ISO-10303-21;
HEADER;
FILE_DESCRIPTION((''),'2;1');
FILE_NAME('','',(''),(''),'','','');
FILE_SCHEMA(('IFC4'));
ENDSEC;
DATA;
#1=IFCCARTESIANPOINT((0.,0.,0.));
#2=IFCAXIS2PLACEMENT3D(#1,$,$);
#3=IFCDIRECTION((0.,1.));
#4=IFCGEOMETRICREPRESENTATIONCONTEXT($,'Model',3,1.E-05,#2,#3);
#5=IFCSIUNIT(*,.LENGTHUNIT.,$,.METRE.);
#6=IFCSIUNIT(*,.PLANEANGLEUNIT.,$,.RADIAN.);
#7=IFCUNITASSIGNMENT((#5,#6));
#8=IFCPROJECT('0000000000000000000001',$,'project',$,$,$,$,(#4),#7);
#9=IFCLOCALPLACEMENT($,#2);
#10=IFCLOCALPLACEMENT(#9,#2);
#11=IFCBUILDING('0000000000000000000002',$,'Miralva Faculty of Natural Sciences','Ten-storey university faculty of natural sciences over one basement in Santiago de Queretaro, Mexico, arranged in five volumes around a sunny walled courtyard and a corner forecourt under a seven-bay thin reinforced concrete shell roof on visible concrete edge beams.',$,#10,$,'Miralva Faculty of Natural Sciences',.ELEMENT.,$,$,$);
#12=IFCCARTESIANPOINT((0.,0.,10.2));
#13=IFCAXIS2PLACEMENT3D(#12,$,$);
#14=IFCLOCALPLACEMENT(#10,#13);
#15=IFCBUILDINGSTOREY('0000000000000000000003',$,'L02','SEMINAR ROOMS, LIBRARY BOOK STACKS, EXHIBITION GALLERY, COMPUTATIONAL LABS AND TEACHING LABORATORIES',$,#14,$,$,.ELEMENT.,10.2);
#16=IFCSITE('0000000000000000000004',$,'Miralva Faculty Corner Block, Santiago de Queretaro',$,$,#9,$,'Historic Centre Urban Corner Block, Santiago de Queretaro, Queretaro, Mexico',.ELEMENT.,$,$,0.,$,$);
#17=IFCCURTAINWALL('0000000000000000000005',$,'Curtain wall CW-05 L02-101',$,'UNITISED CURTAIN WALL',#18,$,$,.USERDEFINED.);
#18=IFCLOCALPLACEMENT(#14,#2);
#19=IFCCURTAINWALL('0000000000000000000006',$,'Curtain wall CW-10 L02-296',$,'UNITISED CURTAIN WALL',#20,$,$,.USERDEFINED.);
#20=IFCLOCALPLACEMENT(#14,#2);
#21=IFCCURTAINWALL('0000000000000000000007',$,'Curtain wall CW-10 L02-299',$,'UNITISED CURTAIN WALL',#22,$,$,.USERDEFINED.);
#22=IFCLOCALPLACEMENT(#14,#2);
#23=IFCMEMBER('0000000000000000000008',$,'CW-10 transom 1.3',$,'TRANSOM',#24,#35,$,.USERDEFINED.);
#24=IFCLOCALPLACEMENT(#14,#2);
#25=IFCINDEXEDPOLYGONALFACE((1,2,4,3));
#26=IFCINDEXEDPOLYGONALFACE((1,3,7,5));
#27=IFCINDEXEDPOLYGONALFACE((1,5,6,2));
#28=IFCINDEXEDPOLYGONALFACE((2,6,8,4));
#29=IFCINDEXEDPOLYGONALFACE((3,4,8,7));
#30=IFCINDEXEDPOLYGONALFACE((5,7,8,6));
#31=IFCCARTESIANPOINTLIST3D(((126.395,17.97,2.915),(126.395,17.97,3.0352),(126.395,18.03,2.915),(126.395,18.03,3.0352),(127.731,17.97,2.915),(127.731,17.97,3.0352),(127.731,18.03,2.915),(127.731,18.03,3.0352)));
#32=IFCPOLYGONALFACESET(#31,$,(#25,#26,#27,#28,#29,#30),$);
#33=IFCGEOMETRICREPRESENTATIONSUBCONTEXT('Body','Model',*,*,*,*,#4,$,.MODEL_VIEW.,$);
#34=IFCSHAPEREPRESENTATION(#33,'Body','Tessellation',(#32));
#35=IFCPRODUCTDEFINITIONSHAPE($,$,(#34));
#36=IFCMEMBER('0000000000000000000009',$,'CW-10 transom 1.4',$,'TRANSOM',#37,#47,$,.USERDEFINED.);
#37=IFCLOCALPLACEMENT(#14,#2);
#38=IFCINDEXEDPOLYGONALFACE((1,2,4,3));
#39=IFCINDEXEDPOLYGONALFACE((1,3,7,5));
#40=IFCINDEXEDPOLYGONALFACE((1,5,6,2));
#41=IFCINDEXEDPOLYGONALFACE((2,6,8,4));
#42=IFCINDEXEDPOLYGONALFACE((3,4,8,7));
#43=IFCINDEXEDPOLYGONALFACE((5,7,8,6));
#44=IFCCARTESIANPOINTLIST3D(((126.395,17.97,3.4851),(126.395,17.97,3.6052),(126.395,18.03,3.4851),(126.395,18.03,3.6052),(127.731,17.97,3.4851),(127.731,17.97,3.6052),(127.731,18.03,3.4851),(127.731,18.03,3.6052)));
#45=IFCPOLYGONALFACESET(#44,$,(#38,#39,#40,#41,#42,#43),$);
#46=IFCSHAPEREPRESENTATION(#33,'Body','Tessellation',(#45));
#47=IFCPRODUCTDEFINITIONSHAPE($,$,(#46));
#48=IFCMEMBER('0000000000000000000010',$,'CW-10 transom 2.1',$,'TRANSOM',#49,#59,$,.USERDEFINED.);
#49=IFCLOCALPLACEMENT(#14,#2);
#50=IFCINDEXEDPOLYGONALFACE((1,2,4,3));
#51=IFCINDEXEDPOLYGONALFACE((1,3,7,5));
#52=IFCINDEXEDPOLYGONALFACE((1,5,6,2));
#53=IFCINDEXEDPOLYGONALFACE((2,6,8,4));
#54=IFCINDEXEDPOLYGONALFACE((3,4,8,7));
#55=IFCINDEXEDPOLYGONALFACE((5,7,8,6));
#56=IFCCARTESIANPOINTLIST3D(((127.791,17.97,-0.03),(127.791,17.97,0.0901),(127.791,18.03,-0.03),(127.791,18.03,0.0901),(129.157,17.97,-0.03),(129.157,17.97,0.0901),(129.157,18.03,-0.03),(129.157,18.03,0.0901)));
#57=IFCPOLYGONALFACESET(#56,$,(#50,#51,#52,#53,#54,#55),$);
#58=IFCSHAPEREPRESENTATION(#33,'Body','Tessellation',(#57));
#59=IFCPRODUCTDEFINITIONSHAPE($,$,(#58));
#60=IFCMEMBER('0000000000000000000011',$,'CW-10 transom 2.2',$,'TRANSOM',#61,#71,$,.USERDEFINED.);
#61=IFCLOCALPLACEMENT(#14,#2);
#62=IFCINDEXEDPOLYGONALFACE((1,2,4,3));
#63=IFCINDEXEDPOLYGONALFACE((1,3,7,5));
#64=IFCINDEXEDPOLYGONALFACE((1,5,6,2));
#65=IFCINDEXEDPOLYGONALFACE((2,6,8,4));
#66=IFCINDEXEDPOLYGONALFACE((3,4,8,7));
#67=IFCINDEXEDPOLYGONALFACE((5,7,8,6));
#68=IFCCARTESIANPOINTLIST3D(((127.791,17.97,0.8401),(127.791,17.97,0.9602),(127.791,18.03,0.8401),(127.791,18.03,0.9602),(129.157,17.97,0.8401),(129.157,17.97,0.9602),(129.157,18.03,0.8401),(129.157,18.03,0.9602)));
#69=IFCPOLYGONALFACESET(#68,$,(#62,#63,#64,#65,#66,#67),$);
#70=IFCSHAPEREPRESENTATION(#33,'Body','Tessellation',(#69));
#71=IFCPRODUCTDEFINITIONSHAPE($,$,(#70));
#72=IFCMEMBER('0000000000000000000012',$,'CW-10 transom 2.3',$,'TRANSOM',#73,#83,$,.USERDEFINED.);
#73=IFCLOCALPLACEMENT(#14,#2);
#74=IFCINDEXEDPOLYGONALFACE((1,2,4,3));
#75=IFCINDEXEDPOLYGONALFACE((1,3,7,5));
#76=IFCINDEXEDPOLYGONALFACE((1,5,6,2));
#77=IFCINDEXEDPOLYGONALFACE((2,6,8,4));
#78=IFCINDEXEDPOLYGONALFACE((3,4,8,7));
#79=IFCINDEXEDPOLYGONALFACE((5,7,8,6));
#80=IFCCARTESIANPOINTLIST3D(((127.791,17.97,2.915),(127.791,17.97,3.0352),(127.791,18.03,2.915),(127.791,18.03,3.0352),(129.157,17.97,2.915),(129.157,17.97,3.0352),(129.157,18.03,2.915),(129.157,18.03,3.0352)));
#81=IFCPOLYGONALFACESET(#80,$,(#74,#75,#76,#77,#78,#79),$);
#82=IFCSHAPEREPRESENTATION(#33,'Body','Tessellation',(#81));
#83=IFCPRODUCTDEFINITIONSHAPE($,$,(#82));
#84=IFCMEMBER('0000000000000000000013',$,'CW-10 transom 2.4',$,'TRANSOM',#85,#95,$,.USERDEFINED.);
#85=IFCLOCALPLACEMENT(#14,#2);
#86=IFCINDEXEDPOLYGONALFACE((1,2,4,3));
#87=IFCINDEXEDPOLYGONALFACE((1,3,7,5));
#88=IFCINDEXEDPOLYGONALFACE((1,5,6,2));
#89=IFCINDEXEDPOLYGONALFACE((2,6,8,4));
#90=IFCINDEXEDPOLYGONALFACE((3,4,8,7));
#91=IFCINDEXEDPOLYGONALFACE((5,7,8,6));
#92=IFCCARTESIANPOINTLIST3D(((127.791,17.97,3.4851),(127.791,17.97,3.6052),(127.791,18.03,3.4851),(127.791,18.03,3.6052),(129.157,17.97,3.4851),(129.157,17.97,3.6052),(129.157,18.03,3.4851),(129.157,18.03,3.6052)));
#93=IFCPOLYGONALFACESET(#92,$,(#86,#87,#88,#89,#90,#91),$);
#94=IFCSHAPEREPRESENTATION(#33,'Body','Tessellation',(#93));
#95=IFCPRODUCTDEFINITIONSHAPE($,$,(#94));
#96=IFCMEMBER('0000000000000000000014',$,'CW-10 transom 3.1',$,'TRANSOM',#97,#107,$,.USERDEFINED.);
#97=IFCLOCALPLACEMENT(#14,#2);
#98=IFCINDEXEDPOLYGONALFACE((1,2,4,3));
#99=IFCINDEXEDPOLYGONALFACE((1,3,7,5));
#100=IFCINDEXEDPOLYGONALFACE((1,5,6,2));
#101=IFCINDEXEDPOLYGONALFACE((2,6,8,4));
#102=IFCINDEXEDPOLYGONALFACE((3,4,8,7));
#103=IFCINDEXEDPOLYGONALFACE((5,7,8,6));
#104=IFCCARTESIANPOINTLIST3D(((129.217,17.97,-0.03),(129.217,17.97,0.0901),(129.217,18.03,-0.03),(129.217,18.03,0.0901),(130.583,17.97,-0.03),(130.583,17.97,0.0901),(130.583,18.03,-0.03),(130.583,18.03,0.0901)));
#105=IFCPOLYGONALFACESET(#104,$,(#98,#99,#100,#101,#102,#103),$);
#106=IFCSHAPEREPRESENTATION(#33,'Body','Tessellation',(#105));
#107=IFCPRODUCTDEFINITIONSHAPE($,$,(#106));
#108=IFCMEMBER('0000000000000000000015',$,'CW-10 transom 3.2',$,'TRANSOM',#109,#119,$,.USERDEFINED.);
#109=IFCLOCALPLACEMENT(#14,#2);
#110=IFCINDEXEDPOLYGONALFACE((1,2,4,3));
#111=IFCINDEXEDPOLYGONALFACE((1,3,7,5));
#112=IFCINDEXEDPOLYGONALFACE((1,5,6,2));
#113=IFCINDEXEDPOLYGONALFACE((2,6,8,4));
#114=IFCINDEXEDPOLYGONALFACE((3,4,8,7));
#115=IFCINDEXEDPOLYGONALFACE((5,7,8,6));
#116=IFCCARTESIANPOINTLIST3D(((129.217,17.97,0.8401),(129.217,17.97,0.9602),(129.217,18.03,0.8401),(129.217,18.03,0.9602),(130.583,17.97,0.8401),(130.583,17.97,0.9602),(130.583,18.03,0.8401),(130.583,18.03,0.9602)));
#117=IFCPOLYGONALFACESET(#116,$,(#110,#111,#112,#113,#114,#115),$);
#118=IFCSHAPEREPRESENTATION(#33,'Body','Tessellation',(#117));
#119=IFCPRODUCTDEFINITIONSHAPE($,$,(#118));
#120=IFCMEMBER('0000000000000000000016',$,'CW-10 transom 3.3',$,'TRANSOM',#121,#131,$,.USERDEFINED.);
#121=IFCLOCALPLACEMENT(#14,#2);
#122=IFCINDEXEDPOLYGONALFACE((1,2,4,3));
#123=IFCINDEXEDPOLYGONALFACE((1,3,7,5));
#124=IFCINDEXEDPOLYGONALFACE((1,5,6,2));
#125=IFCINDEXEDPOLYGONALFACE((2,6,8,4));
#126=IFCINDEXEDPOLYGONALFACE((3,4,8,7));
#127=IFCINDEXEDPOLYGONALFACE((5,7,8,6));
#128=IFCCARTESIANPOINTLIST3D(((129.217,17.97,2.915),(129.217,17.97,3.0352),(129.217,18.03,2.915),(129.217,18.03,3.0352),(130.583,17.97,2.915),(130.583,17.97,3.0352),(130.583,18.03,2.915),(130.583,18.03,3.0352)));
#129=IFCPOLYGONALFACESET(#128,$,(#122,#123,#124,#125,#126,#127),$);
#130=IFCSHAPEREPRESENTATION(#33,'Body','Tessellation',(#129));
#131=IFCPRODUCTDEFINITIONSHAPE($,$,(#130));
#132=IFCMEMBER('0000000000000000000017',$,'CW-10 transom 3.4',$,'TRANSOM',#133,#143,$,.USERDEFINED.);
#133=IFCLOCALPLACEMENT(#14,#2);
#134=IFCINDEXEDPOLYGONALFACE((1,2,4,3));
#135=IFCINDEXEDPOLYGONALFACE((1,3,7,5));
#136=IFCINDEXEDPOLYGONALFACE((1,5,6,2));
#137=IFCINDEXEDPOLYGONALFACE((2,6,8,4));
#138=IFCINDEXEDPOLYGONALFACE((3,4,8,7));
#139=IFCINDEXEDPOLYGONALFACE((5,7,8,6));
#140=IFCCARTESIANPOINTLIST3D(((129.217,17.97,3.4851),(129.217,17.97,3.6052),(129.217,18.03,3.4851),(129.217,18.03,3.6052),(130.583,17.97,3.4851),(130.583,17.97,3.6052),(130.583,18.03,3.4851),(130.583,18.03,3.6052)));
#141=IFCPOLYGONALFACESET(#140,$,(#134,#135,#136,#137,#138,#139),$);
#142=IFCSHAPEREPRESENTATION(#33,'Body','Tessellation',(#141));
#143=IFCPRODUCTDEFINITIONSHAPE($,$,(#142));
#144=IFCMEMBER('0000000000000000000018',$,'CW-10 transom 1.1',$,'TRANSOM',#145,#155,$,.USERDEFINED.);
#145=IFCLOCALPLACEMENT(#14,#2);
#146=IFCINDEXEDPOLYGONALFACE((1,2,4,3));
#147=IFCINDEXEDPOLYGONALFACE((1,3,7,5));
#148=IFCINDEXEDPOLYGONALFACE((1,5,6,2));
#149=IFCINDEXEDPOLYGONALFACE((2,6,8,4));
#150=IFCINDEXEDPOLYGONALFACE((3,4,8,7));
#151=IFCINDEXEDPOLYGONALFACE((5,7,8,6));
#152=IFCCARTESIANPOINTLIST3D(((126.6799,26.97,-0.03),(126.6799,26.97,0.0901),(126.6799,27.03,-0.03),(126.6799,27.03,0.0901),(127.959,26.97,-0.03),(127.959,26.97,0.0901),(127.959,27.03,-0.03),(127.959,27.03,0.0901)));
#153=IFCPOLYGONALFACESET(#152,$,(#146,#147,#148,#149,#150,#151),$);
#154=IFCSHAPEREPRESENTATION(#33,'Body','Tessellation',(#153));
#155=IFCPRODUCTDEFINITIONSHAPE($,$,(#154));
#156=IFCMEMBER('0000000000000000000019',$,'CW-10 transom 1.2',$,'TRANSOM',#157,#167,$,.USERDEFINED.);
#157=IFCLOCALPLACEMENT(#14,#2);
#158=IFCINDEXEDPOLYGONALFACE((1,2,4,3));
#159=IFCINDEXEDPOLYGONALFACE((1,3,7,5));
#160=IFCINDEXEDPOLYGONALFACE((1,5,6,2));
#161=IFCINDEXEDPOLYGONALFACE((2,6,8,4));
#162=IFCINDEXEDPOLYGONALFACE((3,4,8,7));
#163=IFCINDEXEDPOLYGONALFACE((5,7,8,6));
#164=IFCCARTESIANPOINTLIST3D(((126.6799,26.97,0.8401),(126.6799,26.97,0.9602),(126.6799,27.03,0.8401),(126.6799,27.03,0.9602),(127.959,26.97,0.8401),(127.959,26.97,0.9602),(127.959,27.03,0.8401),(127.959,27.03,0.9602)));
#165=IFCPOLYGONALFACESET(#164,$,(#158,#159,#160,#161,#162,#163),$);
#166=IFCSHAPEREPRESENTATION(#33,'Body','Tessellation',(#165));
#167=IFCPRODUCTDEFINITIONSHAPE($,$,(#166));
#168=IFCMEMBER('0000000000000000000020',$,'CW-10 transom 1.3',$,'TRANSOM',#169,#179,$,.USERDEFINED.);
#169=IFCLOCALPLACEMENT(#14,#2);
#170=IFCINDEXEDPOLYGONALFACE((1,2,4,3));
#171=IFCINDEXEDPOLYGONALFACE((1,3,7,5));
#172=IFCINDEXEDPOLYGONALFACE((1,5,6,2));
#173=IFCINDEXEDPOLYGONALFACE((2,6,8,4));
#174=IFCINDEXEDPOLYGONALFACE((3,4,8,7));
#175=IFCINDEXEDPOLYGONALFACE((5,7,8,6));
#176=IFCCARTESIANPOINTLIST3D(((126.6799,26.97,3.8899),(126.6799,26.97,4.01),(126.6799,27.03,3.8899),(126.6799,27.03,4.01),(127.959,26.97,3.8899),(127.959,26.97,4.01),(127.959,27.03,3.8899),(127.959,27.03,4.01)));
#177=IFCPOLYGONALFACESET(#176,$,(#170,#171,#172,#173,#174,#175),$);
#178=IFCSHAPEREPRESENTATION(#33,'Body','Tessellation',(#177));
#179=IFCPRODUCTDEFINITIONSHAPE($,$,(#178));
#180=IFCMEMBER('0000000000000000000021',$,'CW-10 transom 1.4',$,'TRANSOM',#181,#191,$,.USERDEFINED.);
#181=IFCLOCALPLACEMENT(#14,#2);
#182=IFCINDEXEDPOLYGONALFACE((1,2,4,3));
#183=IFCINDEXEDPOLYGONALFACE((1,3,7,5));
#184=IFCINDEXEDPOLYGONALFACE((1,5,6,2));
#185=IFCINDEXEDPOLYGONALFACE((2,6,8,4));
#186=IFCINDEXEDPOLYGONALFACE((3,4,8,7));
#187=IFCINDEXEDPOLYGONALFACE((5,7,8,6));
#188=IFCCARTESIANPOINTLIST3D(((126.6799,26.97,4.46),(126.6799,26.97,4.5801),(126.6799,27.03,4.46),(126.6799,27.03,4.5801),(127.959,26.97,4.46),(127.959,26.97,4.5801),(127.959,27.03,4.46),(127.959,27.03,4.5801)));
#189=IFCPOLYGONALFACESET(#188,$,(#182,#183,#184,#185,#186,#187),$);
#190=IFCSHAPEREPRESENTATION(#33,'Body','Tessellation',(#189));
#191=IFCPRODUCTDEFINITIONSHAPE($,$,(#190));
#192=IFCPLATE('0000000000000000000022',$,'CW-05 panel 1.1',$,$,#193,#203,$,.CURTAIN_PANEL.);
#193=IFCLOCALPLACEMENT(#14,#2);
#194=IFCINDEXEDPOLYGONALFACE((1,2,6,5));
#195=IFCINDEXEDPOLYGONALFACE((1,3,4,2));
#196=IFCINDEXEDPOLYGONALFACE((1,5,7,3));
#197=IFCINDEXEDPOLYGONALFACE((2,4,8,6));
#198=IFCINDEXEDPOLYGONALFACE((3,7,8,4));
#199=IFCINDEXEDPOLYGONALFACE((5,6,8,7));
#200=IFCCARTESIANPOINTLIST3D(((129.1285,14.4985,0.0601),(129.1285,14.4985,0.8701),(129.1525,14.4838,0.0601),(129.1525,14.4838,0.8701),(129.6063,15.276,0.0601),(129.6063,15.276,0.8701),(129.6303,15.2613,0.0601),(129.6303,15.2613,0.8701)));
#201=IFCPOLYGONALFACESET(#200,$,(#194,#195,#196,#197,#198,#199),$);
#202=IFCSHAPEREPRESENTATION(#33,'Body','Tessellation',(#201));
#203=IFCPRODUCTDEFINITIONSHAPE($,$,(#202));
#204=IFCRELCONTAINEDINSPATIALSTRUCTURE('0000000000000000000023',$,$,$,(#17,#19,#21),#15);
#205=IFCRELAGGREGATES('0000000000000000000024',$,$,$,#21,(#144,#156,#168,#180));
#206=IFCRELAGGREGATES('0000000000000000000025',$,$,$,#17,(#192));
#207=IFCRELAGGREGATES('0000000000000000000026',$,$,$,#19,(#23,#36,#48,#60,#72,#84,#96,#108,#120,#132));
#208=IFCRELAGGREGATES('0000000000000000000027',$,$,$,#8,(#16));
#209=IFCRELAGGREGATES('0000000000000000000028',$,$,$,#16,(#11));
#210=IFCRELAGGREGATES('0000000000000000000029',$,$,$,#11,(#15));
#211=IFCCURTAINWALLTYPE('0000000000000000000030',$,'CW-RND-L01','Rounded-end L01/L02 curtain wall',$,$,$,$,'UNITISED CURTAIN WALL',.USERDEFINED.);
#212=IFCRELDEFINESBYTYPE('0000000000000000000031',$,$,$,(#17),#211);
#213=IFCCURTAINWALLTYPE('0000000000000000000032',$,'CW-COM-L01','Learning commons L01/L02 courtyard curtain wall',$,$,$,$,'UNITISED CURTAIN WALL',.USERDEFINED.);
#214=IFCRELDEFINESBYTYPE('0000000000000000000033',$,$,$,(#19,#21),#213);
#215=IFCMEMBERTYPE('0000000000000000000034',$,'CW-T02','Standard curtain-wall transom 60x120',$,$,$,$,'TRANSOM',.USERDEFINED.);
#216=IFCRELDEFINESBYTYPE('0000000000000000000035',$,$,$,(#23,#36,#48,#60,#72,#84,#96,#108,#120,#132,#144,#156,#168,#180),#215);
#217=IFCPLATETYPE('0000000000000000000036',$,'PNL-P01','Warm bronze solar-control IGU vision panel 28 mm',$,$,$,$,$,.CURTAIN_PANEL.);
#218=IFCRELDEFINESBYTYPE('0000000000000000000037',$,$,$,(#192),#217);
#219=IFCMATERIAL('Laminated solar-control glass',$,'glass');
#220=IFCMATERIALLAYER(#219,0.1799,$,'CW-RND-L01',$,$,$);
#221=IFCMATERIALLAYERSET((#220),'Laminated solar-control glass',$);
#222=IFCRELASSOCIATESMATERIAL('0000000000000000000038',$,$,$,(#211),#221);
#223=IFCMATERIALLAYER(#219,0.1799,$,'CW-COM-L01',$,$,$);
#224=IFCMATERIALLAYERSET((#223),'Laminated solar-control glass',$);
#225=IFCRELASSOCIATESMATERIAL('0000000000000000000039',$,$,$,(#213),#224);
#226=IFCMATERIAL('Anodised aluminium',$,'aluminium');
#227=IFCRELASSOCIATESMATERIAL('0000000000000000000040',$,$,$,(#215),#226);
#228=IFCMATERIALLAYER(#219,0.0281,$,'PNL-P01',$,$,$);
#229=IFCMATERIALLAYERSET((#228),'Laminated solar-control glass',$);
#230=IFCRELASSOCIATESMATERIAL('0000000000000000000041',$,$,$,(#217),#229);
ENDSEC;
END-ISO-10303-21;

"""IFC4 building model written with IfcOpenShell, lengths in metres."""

from ifc_helpers import new_model, si_unit, direction, frame, origin, origin_2d, place, context, subcontext, project, spatial, rectangle, extrude, material, layer, layer_set, material_profile, profile_set, type_object, element, aggregate, save


model = new_model("IFC4")

# Units and contexts
model_context = context("Model", 3, precision=1e-05, world=origin(), true_north=direction((0.0, 1.0)))
body_context = subcontext(model_context, "Body", "Model", "MODEL_VIEW")
ifc_project = project(units=[si_unit("LENGTHUNIT", "METRE"), si_unit("PLANEANGLEUNIT", "RADIAN")], contexts=[model_context])

# Site, building, storey
site_placement = place(None, origin())
site = spatial("IfcSite", under=ifc_project, at=site_placement, Name="Miralva Faculty Corner Block, Santiago de Queretaro", LongName="Historic Centre Urban Corner Block, Santiago de Queretaro, Queretaro, Mexico", CompositionType="ELEMENT", RefElevation=0.0)
building_placement = place(site_placement, origin())
building = spatial("IfcBuilding", under=site, at=building_placement, Name="Miralva Faculty of Natural Sciences", Description="Ten-storey university faculty of natural sciences over one basement in Santiago de Queretaro, Mexico, arranged in five volumes around a sunny walled courtyard and a corner forecourt under a seven-bay thin reinforced concrete shell roof on visible concrete edge beams.", LongName="Miralva Faculty of Natural Sciences", CompositionType="ELEMENT")
storey_placement = place(building_placement, frame((0.0, 0.0, 10.2)))
storey = spatial("IfcBuildingStorey", under=building, at=storey_placement, Name="L02", Description="SEMINAR ROOMS, LIBRARY BOOK STACKS, EXHIBITION GALLERY, COMPUTATIONAL LABS AND TEACHING LABORATORIES", CompositionType="ELEMENT", Elevation=10.2)

# Curtain wall
ifc_material_1 = material(Name="Laminated solar-control glass", Category="glass")
ifc_layer_1 = layer(ifc_material_1, 0.1799, Name="CW-RND-L01")
ifc_layer_set_1 = layer_set([ifc_layer_1], Name="Laminated solar-control glass")
curtain_wall_type_1 = type_object("IfcCurtainWallType", Name="CW-RND-L01", Description="Rounded-end L01/L02 curtain wall", ElementType="UNITISED CURTAIN WALL", PredefinedType="USERDEFINED", material=ifc_layer_set_1)
curtain_wall_1_placement = place(storey_placement, origin())
curtain_wall_1 = element("IfcCurtainWall", 1, at=curtain_wall_1_placement, inside=storey, type_object=curtain_wall_type_1, Name="Curtain wall CW-05 L02-101", ObjectType="UNITISED CURTAIN WALL", PredefinedType="USERDEFINED")
ifc_material_2 = material(Name="Anodised aluminium", Category="aluminium")

# Curtain wall
ifc_layer_2 = layer(ifc_material_1, 0.1799, Name="CW-COM-L01")
ifc_layer_set_2 = layer_set([ifc_layer_2], Name="Laminated solar-control glass")
curtain_wall_type_2 = type_object("IfcCurtainWallType", Name="CW-COM-L01", Description="Learning commons L01/L02 courtyard curtain wall", ElementType="UNITISED CURTAIN WALL", PredefinedType="USERDEFINED", material=ifc_layer_set_2)
curtain_wall_2_placement = place(storey_placement, origin())
curtain_wall_2 = element("IfcCurtainWall", 2, at=curtain_wall_2_placement, inside=storey, type_object=curtain_wall_type_2, Name="Curtain wall CW-10 L02-296", ObjectType="UNITISED CURTAIN WALL", PredefinedType="USERDEFINED")

# Curtain wall
curtain_wall_3_placement = place(storey_placement, origin())
curtain_wall_3 = element("IfcCurtainWall", 3, at=curtain_wall_3_placement, inside=storey, type_object=curtain_wall_type_2, Name="Curtain wall CW-10 L02-299", ObjectType="UNITISED CURTAIN WALL", PredefinedType="USERDEFINED")

# Members
ifc_material_profile_1 = material_profile(ifc_material_2, rectangle(XDim=0.0601, YDim=0.1201, at=origin_2d()), Name="TRANSOM 60x120")
ifc_profile_set_1 = profile_set([ifc_material_profile_1], Name="Anodised aluminium")
member_type_1 = type_object("IfcMemberType", Name="CW-T02", Description="Standard curtain-wall transom 60x120", ElementType="TRANSOM", PredefinedType="USERDEFINED", material=ifc_profile_set_1)
member_1_placement = place(storey_placement, frame((126.395, 18.0, 2.9751), z_axis=(1.0, 0.0, 0.0), x_axis=(0.0, 1.0, 0.0)))
member_1 = element("IfcMember", 4, at=member_1_placement, type_object=member_type_1, Name="CW-10 transom 1.3", ObjectType="TRANSOM", PredefinedType="USERDEFINED", context=body_context, shape_type="SweptSolid", body=[
    extrude(rectangle(XDim=0.0601, YDim=0.1201, at=origin_2d()), origin(), (0.0, 0.0, 1.0), 1.3359),
])
member_2_placement = place(storey_placement, frame((126.395, 18.0, 3.5452), z_axis=(1.0, 0.0, 0.0), x_axis=(0.0, 1.0, 0.0)))
member_2 = element("IfcMember", 5, at=member_2_placement, type_object=member_type_1, Name="CW-10 transom 1.4", ObjectType="TRANSOM", PredefinedType="USERDEFINED", context=body_context, shape_type="SweptSolid", body=[
    extrude(rectangle(XDim=0.0601, YDim=0.1201, at=origin_2d()), origin(), (0.0, 0.0, 1.0), 1.3359),
])
member_3_placement = place(storey_placement, frame((127.791, 18.0, 0.03), z_axis=(1.0, 0.0, 0.0), x_axis=(0.0, 1.0, 0.0)))
member_3 = element("IfcMember", 6, at=member_3_placement, type_object=member_type_1, Name="CW-10 transom 2.1", ObjectType="TRANSOM", PredefinedType="USERDEFINED", context=body_context, shape_type="SweptSolid", body=[
    extrude(rectangle(XDim=0.0601, YDim=0.1201, at=origin_2d()), origin(), (0.0, 0.0, 1.0), 1.366),
])
member_4_placement = place(storey_placement, frame((127.791, 18.0, 0.9001), z_axis=(1.0, 0.0, 0.0), x_axis=(0.0, 1.0, 0.0)))
member_4 = element("IfcMember", 7, at=member_4_placement, type_object=member_type_1, Name="CW-10 transom 2.2", ObjectType="TRANSOM", PredefinedType="USERDEFINED", context=body_context, shape_type="SweptSolid", body=[
    extrude(rectangle(XDim=0.0601, YDim=0.1201, at=origin_2d()), origin(), (0.0, 0.0, 1.0), 1.366),
])
member_5_placement = place(storey_placement, frame((127.791, 18.0, 2.9751), z_axis=(1.0, 0.0, 0.0), x_axis=(0.0, 1.0, 0.0)))
member_5 = element("IfcMember", 8, at=member_5_placement, type_object=member_type_1, Name="CW-10 transom 2.3", ObjectType="TRANSOM", PredefinedType="USERDEFINED", context=body_context, shape_type="SweptSolid", body=[
    extrude(rectangle(XDim=0.0601, YDim=0.1201, at=origin_2d()), origin(), (0.0, 0.0, 1.0), 1.366),
])
member_6_placement = place(storey_placement, frame((127.791, 18.0, 3.5452), z_axis=(1.0, 0.0, 0.0), x_axis=(0.0, 1.0, 0.0)))
member_6 = element("IfcMember", 9, at=member_6_placement, type_object=member_type_1, Name="CW-10 transom 2.4", ObjectType="TRANSOM", PredefinedType="USERDEFINED", context=body_context, shape_type="SweptSolid", body=[
    extrude(rectangle(XDim=0.0601, YDim=0.1201, at=origin_2d()), origin(), (0.0, 0.0, 1.0), 1.366),
])
member_7_placement = place(storey_placement, frame((129.217, 18.0, 0.03), z_axis=(1.0, 0.0, 0.0), x_axis=(0.0, 1.0, 0.0)))
member_7 = element("IfcMember", 10, at=member_7_placement, type_object=member_type_1, Name="CW-10 transom 3.1", ObjectType="TRANSOM", PredefinedType="USERDEFINED", context=body_context, shape_type="SweptSolid", body=[
    extrude(rectangle(XDim=0.0601, YDim=0.1201, at=origin_2d()), origin(), (0.0, 0.0, 1.0), 1.366),
])
member_8_placement = place(storey_placement, frame((129.217, 18.0, 0.9001), z_axis=(1.0, 0.0, 0.0), x_axis=(0.0, 1.0, 0.0)))
member_8 = element("IfcMember", 11, at=member_8_placement, type_object=member_type_1, Name="CW-10 transom 3.2", ObjectType="TRANSOM", PredefinedType="USERDEFINED", context=body_context, shape_type="SweptSolid", body=[
    extrude(rectangle(XDim=0.0601, YDim=0.1201, at=origin_2d()), origin(), (0.0, 0.0, 1.0), 1.366),
])
member_9_placement = place(storey_placement, frame((129.217, 18.0, 2.9751), z_axis=(1.0, 0.0, 0.0), x_axis=(0.0, 1.0, 0.0)))
member_9 = element("IfcMember", 12, at=member_9_placement, type_object=member_type_1, Name="CW-10 transom 3.3", ObjectType="TRANSOM", PredefinedType="USERDEFINED", context=body_context, shape_type="SweptSolid", body=[
    extrude(rectangle(XDim=0.0601, YDim=0.1201, at=origin_2d()), origin(), (0.0, 0.0, 1.0), 1.366),
])
member_10_placement = place(storey_placement, frame((129.217, 18.0, 3.5452), z_axis=(1.0, 0.0, 0.0), x_axis=(0.0, 1.0, 0.0)))
member_10 = element("IfcMember", 13, at=member_10_placement, type_object=member_type_1, Name="CW-10 transom 3.4", ObjectType="TRANSOM", PredefinedType="USERDEFINED", context=body_context, shape_type="SweptSolid", body=[
    extrude(rectangle(XDim=0.0601, YDim=0.1201, at=origin_2d()), origin(), (0.0, 0.0, 1.0), 1.366),
])
member_11_placement = place(storey_placement, frame((126.6799, 27.0, 0.03), z_axis=(1.0, 0.0, 0.0), x_axis=(0.0, 1.0, 0.0)))
member_11 = element("IfcMember", 14, at=member_11_placement, type_object=member_type_1, Name="CW-10 transom 1.1", ObjectType="TRANSOM", PredefinedType="USERDEFINED", context=body_context, shape_type="SweptSolid", body=[
    extrude(rectangle(XDim=0.0601, YDim=0.1201, at=origin_2d()), origin(), (0.0, 0.0, 1.0), 1.2791),
])
member_12_placement = place(storey_placement, frame((126.6799, 27.0, 0.9001), z_axis=(1.0, 0.0, 0.0), x_axis=(0.0, 1.0, 0.0)))
member_12 = element("IfcMember", 15, at=member_12_placement, type_object=member_type_1, Name="CW-10 transom 1.2", ObjectType="TRANSOM", PredefinedType="USERDEFINED", context=body_context, shape_type="SweptSolid", body=[
    extrude(rectangle(XDim=0.0601, YDim=0.1201, at=origin_2d()), origin(), (0.0, 0.0, 1.0), 1.2791),
])
member_13_placement = place(storey_placement, frame((126.6799, 27.0, 3.95), z_axis=(1.0, 0.0, 0.0), x_axis=(0.0, 1.0, 0.0)))
member_13 = element("IfcMember", 16, at=member_13_placement, type_object=member_type_1, Name="CW-10 transom 1.3", ObjectType="TRANSOM", PredefinedType="USERDEFINED", context=body_context, shape_type="SweptSolid", body=[
    extrude(rectangle(XDim=0.0601, YDim=0.1201, at=origin_2d()), origin(), (0.0, 0.0, 1.0), 1.2791),
])
member_14_placement = place(storey_placement, frame((126.6799, 27.0, 4.52), z_axis=(1.0, 0.0, 0.0), x_axis=(0.0, 1.0, 0.0)))
member_14 = element("IfcMember", 17, at=member_14_placement, type_object=member_type_1, Name="CW-10 transom 1.4", ObjectType="TRANSOM", PredefinedType="USERDEFINED", context=body_context, shape_type="SweptSolid", body=[
    extrude(rectangle(XDim=0.0601, YDim=0.1201, at=origin_2d()), origin(), (0.0, 0.0, 1.0), 1.2791),
])
aggregate(curtain_wall_3, [member_11, member_12, member_13, member_14])

# Plate
ifc_layer_3 = layer(ifc_material_1, 0.0281, Name="PNL-P01")
ifc_layer_set_3 = layer_set([ifc_layer_3], Name="Laminated solar-control glass")
plate_type = type_object("IfcPlateType", Name="PNL-P01", Description="Warm bronze solar-control IGU vision panel 28 mm", PredefinedType="CURTAIN_PANEL", material=ifc_layer_set_3)
plate_1_placement = place(storey_placement, frame((129.3794, 14.8799, 0.0601), z_axis=(0.0, 0.0, 1.0), x_axis=(0.523551, 0.851995, 0.0)))
plate_1 = element("IfcPlate", 18, at=plate_1_placement, type_object=plate_type, Name="CW-05 panel 1.1", PredefinedType="CURTAIN_PANEL", context=body_context, shape_type="SweptSolid", body=[
    extrude(rectangle(XDim=0.9126, YDim=0.0281, at=origin_2d()), origin(), (0.0, 0.0, 1.0), 0.8101),
])
aggregate(curtain_wall_1, [plate_1])
aggregate(curtain_wall_2, [member_1, member_2, member_3, member_4, member_5, member_6, member_7, member_8, member_9, member_10])

save(model, "model.ifc")
